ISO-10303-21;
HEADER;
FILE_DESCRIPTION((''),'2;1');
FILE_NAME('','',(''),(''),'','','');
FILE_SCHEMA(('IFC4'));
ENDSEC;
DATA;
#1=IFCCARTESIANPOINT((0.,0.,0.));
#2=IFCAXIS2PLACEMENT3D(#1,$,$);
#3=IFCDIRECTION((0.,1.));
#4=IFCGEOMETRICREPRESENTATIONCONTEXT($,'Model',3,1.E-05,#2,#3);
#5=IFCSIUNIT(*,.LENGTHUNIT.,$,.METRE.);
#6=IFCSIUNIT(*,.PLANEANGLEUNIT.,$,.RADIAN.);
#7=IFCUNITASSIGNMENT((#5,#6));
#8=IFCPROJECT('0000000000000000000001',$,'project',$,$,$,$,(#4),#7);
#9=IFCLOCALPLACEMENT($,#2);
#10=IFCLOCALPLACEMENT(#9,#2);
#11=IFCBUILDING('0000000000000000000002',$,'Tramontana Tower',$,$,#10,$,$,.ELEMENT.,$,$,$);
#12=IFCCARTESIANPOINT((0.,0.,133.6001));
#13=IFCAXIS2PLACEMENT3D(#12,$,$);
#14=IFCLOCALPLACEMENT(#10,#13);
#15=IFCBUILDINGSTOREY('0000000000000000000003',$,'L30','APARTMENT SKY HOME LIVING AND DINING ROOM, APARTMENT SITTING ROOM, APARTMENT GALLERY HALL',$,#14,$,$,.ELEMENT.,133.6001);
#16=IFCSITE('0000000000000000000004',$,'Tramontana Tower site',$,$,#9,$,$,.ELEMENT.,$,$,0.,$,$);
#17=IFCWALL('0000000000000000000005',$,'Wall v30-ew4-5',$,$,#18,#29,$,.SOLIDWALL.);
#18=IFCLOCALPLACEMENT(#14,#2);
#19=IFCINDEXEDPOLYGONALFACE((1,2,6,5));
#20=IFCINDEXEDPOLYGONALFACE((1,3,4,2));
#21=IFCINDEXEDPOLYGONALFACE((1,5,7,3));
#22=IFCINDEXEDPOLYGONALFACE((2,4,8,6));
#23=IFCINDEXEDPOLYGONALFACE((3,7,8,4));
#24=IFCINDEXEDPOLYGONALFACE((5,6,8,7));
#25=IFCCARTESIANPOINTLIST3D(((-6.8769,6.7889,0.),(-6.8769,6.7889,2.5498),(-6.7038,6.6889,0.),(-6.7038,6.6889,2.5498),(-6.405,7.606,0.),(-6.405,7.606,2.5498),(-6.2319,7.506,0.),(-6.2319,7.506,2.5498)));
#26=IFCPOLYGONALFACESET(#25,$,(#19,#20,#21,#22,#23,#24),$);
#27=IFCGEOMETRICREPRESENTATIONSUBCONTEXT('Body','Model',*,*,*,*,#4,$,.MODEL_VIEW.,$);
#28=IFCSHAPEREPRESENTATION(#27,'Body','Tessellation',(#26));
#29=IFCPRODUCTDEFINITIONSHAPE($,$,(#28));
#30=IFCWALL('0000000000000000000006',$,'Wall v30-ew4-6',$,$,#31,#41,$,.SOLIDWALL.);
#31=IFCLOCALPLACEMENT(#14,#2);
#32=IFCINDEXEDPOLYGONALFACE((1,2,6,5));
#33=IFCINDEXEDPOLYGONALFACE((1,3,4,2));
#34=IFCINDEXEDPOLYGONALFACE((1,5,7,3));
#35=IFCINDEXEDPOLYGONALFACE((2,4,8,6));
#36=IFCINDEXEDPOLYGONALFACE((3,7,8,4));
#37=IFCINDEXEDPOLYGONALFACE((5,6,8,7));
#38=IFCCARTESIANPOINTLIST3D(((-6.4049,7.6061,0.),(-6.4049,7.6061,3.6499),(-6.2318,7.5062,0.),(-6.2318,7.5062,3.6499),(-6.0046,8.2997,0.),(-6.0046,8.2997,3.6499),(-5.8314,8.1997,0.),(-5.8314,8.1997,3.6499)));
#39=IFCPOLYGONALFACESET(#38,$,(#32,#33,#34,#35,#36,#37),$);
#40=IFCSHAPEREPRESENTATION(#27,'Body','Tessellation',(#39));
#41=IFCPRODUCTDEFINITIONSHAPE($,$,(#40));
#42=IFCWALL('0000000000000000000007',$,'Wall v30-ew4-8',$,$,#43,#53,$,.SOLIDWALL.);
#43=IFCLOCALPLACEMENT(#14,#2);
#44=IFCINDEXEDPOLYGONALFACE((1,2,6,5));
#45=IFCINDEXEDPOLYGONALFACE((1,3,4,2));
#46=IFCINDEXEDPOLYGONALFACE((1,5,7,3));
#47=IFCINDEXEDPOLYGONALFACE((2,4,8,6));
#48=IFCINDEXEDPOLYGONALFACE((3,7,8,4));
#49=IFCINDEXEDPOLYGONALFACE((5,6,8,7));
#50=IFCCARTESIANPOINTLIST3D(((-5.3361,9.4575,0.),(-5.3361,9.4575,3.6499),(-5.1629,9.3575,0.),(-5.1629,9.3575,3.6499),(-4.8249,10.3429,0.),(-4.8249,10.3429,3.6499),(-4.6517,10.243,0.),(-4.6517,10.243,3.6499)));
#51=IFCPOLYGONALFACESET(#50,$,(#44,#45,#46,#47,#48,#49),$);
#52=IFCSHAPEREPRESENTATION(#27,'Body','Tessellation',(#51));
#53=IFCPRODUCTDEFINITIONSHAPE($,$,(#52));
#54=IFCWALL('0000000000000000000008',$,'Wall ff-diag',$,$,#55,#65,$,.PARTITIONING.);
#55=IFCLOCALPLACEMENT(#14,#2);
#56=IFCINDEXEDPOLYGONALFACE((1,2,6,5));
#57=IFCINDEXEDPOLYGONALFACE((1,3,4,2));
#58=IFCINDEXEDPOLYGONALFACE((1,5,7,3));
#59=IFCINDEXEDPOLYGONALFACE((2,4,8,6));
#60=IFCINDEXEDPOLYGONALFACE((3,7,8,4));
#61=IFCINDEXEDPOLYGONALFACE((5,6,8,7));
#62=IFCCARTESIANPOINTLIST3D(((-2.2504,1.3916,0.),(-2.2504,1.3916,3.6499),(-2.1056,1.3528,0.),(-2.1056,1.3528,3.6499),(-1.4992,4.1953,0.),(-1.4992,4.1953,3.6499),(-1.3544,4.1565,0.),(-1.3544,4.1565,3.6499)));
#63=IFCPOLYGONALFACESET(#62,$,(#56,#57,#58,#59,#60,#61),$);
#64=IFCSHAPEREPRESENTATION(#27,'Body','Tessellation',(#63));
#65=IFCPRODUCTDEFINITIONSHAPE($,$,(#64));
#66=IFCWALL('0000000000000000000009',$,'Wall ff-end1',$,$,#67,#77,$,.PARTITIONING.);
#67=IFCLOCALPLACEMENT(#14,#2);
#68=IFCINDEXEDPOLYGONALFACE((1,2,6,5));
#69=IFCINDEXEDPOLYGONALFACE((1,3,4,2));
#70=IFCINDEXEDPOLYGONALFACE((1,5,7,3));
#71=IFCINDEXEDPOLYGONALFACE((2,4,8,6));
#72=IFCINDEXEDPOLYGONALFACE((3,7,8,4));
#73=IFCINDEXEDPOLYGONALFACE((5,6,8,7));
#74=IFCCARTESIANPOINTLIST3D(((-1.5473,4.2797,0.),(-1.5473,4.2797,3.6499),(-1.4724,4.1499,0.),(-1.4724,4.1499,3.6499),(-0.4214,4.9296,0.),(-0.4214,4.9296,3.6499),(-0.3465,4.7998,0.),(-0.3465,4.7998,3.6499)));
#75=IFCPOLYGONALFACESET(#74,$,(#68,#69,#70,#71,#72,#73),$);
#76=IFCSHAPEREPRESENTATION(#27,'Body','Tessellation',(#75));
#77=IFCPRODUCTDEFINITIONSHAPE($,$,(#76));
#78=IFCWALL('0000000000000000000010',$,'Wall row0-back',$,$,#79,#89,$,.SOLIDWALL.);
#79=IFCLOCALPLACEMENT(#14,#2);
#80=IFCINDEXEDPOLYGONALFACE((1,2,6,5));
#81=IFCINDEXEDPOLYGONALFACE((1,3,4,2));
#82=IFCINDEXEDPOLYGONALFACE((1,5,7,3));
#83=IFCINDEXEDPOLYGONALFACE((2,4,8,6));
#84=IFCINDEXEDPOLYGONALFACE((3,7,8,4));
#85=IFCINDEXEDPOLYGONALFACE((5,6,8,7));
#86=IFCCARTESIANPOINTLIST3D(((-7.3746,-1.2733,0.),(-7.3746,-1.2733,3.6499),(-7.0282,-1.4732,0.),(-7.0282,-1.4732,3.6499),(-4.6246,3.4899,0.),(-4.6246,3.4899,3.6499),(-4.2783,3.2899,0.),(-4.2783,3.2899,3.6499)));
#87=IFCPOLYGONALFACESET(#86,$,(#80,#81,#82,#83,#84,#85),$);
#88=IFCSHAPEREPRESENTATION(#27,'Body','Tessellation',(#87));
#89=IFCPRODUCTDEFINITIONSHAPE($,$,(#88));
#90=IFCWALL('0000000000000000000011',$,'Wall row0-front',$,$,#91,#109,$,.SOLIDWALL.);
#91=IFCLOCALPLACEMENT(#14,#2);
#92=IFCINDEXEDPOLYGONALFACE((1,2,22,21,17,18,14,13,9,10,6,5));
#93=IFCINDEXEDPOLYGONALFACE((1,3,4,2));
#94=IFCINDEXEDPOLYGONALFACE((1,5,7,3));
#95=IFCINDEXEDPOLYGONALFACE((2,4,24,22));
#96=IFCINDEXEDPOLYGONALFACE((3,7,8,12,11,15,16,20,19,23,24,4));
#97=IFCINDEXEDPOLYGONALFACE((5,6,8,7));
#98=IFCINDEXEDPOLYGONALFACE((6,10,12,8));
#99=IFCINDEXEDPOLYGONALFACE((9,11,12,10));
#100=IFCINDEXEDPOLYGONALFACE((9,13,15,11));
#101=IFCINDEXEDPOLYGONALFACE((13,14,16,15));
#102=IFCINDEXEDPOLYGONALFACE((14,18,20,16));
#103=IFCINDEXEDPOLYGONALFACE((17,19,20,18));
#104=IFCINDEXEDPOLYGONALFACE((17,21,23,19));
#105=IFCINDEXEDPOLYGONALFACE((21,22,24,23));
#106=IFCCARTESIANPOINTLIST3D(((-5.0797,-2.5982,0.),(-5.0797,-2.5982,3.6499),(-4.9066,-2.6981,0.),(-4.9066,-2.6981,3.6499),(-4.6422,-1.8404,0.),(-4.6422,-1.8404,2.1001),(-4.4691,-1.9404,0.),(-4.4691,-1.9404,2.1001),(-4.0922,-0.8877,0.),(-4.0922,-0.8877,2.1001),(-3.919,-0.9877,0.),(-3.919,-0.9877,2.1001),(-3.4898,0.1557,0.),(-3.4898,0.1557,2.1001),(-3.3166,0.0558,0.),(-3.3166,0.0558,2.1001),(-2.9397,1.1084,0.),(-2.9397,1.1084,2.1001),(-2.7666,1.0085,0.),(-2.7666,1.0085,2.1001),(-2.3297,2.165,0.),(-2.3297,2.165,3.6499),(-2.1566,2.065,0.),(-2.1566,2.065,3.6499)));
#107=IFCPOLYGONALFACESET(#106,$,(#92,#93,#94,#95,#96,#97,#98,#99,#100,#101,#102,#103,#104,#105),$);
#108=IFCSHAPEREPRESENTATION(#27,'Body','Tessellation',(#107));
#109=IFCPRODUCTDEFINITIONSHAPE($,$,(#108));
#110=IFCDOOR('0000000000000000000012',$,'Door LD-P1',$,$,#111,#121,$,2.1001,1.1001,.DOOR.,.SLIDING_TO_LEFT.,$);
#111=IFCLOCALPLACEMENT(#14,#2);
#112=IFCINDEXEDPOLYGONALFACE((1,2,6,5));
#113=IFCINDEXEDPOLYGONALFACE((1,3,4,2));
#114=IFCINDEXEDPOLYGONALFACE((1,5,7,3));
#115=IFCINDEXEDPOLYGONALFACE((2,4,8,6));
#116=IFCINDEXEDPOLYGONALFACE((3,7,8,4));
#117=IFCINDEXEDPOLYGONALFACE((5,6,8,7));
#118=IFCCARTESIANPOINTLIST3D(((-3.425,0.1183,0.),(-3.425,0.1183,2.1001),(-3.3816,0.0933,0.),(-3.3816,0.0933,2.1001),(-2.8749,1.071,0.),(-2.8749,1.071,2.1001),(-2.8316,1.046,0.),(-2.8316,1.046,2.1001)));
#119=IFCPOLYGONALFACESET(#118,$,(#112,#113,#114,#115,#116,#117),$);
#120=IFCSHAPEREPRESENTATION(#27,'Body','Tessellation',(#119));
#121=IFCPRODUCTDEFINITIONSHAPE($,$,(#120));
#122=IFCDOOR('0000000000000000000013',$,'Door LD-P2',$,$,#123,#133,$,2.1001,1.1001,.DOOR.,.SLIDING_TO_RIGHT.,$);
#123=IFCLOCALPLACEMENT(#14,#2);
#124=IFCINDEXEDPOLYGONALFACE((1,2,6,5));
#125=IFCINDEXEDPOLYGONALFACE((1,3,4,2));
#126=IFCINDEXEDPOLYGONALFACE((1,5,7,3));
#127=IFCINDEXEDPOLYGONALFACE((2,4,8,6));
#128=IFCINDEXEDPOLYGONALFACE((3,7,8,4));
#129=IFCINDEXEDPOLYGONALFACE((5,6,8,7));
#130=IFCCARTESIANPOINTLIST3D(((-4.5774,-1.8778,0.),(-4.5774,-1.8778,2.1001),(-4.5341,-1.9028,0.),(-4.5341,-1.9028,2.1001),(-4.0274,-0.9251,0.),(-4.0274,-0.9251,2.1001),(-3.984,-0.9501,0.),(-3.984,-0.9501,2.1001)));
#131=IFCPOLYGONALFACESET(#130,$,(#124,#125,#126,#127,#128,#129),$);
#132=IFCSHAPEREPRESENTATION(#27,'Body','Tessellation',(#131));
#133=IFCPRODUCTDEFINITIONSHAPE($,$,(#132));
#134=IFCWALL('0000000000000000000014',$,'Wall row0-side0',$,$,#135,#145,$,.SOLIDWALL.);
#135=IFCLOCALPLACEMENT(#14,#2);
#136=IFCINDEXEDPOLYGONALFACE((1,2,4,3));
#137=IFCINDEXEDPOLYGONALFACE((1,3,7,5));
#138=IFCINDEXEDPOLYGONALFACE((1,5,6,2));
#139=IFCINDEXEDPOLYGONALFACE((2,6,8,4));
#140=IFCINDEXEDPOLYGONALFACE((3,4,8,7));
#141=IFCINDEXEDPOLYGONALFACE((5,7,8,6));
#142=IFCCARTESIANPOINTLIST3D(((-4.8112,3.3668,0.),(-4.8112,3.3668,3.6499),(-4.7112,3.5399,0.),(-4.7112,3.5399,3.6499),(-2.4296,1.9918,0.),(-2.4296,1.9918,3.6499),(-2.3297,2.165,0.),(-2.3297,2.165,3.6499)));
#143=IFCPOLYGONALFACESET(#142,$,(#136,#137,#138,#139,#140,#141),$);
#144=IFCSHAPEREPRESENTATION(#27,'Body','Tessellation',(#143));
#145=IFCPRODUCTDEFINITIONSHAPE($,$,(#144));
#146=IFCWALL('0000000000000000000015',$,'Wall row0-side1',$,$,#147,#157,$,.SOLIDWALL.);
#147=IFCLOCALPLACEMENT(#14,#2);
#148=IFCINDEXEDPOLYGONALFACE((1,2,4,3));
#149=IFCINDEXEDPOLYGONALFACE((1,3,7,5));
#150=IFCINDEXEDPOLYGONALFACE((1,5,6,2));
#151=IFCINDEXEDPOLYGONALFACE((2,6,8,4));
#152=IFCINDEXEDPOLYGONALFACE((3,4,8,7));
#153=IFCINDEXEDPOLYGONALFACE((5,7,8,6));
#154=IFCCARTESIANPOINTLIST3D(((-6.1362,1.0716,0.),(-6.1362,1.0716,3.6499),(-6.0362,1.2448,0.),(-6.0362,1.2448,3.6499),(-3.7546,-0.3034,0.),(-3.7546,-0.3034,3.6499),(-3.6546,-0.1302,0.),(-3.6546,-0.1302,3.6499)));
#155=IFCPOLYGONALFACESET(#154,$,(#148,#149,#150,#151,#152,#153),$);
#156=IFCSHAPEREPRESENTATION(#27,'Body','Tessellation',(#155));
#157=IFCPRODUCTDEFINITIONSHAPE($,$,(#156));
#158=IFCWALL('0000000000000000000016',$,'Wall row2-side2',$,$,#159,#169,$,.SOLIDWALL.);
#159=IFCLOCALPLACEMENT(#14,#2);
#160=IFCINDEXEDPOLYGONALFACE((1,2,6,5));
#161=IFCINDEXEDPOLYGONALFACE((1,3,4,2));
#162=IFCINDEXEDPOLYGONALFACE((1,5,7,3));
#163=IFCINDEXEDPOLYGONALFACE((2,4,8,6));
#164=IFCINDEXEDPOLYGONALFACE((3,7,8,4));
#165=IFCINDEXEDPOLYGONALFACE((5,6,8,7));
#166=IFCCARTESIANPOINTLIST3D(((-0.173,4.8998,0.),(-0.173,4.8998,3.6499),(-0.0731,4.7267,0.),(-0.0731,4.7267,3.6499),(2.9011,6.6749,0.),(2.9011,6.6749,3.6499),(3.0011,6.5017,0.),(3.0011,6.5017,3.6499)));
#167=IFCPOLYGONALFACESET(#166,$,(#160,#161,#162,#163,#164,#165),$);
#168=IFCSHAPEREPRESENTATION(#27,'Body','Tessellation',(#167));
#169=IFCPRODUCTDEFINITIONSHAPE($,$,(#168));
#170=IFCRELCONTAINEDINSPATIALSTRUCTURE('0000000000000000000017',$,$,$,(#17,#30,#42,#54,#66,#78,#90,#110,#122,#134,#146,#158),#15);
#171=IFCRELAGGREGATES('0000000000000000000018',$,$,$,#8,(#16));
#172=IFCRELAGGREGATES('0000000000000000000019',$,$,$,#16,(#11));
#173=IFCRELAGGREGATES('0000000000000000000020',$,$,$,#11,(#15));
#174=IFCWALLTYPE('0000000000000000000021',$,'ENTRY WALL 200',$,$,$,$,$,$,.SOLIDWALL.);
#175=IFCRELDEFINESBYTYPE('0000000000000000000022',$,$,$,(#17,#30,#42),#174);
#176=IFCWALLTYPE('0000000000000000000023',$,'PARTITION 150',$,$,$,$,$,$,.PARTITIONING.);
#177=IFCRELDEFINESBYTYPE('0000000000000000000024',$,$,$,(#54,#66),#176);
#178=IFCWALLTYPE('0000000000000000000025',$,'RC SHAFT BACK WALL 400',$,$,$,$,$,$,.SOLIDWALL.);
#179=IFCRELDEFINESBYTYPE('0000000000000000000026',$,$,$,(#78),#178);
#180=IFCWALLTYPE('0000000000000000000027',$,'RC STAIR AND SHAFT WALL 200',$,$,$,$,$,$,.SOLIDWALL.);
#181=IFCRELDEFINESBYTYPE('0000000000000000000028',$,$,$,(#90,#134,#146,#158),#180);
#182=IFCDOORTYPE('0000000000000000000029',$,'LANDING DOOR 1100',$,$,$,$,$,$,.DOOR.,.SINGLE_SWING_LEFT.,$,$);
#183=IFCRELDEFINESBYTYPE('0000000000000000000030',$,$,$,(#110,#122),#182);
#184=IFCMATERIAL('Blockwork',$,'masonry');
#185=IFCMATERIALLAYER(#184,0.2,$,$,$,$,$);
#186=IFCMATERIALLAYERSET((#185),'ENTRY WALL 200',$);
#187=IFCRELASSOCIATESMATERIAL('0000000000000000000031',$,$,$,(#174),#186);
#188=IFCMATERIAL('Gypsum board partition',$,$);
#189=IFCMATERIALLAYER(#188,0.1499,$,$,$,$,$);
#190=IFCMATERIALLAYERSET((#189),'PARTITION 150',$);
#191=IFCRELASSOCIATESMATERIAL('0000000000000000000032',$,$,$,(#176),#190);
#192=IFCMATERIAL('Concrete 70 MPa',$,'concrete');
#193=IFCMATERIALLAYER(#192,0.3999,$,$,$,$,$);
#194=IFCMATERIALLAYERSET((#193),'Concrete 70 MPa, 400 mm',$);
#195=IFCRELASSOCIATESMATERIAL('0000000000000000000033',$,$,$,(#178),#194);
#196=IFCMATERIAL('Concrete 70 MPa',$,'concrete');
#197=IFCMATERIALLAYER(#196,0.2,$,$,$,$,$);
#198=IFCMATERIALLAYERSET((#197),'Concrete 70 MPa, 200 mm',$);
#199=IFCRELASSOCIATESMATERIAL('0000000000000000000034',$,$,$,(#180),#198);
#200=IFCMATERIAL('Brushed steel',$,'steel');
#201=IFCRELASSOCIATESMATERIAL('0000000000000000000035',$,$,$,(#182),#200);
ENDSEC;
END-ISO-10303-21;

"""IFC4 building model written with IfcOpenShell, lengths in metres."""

from ifc_helpers import new_model, si_unit, direction, frame, frame_2d, origin, place, context, subcontext, project, spatial, rectangle, extrude, material, layer, layer_set, type_object, element, fill, save


model = new_model("IFC4")

# Units and contexts
model_context = context("Model", 3, precision=1e-05, world=origin(), true_north=direction((0.0, 1.0)))
body_context = subcontext(model_context, "Body", "Model", "MODEL_VIEW")
ifc_project = project(units=[si_unit("LENGTHUNIT", "METRE"), si_unit("PLANEANGLEUNIT", "RADIAN")], contexts=[model_context])

# Site, building, storey
site_placement = place(None, origin())
site = spatial("IfcSite", under=ifc_project, at=site_placement, Name="Tramontana Tower site", CompositionType="ELEMENT", RefElevation=0.0)
building_placement = place(site_placement, origin())
building = spatial("IfcBuilding", under=site, at=building_placement, Name="Tramontana Tower", CompositionType="ELEMENT")
storey_placement = place(building_placement, frame((0.0, 0.0, 133.6001)))
storey = spatial("IfcBuildingStorey", under=building, at=storey_placement, Name="L30", Description="APARTMENT SKY HOME LIVING AND DINING ROOM, APARTMENT SITTING ROOM, APARTMENT GALLERY HALL", CompositionType="ELEMENT", Elevation=133.6001)

# Walls
ifc_material_1 = material(Name="Blockwork", Category="masonry")
ifc_layer_1 = layer(ifc_material_1, 0.2)
ifc_layer_set_1 = layer_set([ifc_layer_1], Name="ENTRY WALL 200")
wall_type_1 = type_object("IfcWallType", Name="ENTRY WALL 200", PredefinedType="SOLIDWALL", material=ifc_layer_set_1)
wall_1_placement = place(storey_placement, frame((-6.7903, 6.739, 0.0), z_axis=(0.0, 0.0, 1.0), x_axis=(0.500118, 0.865957, 0.0)))
element("IfcWall", 1, at=wall_1_placement, inside=storey, type_object=wall_type_1, Name="Wall v30-ew4-5", PredefinedType="SOLIDWALL", context=body_context, shape_type="SweptSolid", body=[
    extrude(rectangle(XDim=0.9436, YDim=0.2, at=frame_2d((0.4717, 0.0))), origin(), (0.0, 0.0, 1.0), 2.5498),
])
wall_2_placement = place(storey_placement, frame((-6.3184, 7.5562, 0.0), z_axis=(0.0, 0.0, 1.0), x_axis=(0.499942, 0.866059, 0.0)))
element("IfcWall", 2, at=wall_2_placement, inside=storey, type_object=wall_type_1, Name="Wall v30-ew4-6", PredefinedType="SOLIDWALL", context=body_context, shape_type="SweptSolid", body=[
    extrude(rectangle(XDim=0.8008, YDim=0.2, at=frame_2d((0.4004, 0.0))), origin(), (0.0, 0.0, 1.0), 3.6499),
])

# Walls
wall_3_placement = place(storey_placement, frame((-5.2495, 9.4075, 0.0), z_axis=(0.0, 0.0, 1.0), x_axis=(0.499991, 0.866031, 0.0)))
element("IfcWall", 3, at=wall_3_placement, inside=storey, type_object=wall_type_1, Name="Wall v30-ew4-8", PredefinedType="SOLIDWALL", context=body_context, shape_type="SweptSolid", body=[
    extrude(rectangle(XDim=1.0225, YDim=0.2, at=frame_2d((0.5112, 0.0))), origin(), (0.0, 0.0, 1.0), 3.6499),
])
ifc_material_2 = material(Name="Gypsum board partition")
ifc_layer_2 = layer(ifc_material_2, 0.1499)
ifc_layer_set_2 = layer_set([ifc_layer_2], Name="PARTITION 150")
wall_type_2 = type_object("IfcWallType", Name="PARTITION 150", PredefinedType="PARTITIONING", material=ifc_layer_set_2)
wall_4_placement = place(storey_placement, frame((-2.178, 1.3723, 0.0), z_axis=(0.0, 0.0, 1.0), x_axis=(0.258809, 0.965929, 0.0)))
element("IfcWall", 4, at=wall_4_placement, inside=storey, type_object=wall_type_2, Name="Wall ff-diag", PredefinedType="PARTITIONING", context=body_context, shape_type="SweptSolid", body=[
    extrude(rectangle(XDim=2.9026, YDim=0.1499, at=frame_2d((1.4512, 0.0))), origin(), (0.0, 0.0, 1.0), 3.6499),
])
wall_5_placement = place(storey_placement, frame((-1.5098, 4.2148, 0.0), z_axis=(0.0, 0.0, 1.0), x_axis=(0.866086, 0.499896, 0.0)))
element("IfcWall", 5, at=wall_5_placement, inside=storey, type_object=wall_type_2, Name="Wall ff-end1", PredefinedType="PARTITIONING", context=body_context, shape_type="SweptSolid", body=[
    extrude(rectangle(XDim=1.3, YDim=0.1499, at=frame_2d((0.6499, 0.0))), origin(), (0.0, 0.0, 1.0), 3.6499),
])
ifc_material_3 = material(Name="Concrete 70 MPa", Category="concrete")
ifc_layer_3 = layer(ifc_material_3, 0.3999)
ifc_layer_set_3 = layer_set([ifc_layer_3], Name="Concrete 70 MPa, 400 mm")
wall_type_3 = type_object("IfcWallType", Name="RC SHAFT BACK WALL 400", PredefinedType="SOLIDWALL", material=ifc_layer_set_3)
wall_6_placement = place(storey_placement, frame((-4.4514, 3.3899, 0.0), z_axis=(0.0, 0.0, 1.0), x_axis=(-0.499997, -0.866027, 0.0)))
element("IfcWall", 6, at=wall_6_placement, inside=storey, type_object=wall_type_3, Name="Wall row0-back", PredefinedType="SOLIDWALL", context=body_context, shape_type="SweptSolid", body=[
    extrude(rectangle(XDim=5.5, YDim=0.3999, at=frame_2d((2.75, 0.0))), origin(), (0.0, 0.0, 1.0), 3.6499),
])

# Shared definitions
ifc_material_4 = material(Name="Concrete 70 MPa", Category="concrete")
ifc_layer_4 = layer(ifc_material_4, 0.2)
ifc_layer_set_4 = layer_set([ifc_layer_4], Name="Concrete 70 MPa, 200 mm")
wall_type_4 = type_object("IfcWallType", Name="RC STAIR AND SHAFT WALL 200", PredefinedType="SOLIDWALL", material=ifc_layer_set_4)

# Wall, openings, doors
wall_7_placement = place(storey_placement, frame((-2.2432, 2.115, 0.0), z_axis=(0.0, 0.0, 1.0), x_axis=(-0.499997, -0.866027, 0.0)))
wall_7 = element("IfcWall", 7, at=wall_7_placement, inside=storey, type_object=wall_type_4, Name="Wall row0-front", PredefinedType="SOLIDWALL", context=body_context, shape_type="SweptSolid", body=[
    extrude(rectangle(XDim=5.5, YDim=0.2, at=frame_2d((2.75, 0.0))), origin(), (0.0, 0.0, 1.0), 3.6499),
])
opening_1_placement = place(wall_7_placement, frame((1.22, 0.0, 0.0)))
opening_1 = element("IfcOpeningElement", 8, at=opening_1_placement, cuts=wall_7, PredefinedType="OPENING", context=body_context, shape_type="SweptSolid", body=[
    extrude(rectangle(XDim=1.1001, YDim=2.1001, at=frame_2d((0.55, 1.05))), frame((0.0, 0.1099, 0.0), z_axis=(0.0, -1.0, 0.0), x_axis=(1.0, 0.0, 0.0)), (0.0, 0.0, 1.0), 0.22),
])
opening_2_placement = place(wall_7_placement, frame((3.5249, 0.0, 0.0)))
opening_2 = element("IfcOpeningElement", 9, at=opening_2_placement, cuts=wall_7, PredefinedType="OPENING", context=body_context, shape_type="SweptSolid", body=[
    extrude(rectangle(XDim=1.1001, YDim=2.1001, at=frame_2d((0.55, 1.05))), frame((0.0, 0.1099, 0.0), z_axis=(0.0, -1.0, 0.0), x_axis=(1.0, 0.0, 0.0)), (0.0, 0.0, 1.0), 0.22),
])
ifc_material_5 = material(Name="Brushed steel", Category="steel")
door_type_1 = type_object("IfcDoorType", Name="LANDING DOOR 1100", OperationType="SINGLE_SWING_LEFT", PredefinedType="DOOR", material=ifc_material_5)
door_1_placement = place(opening_1_placement, origin())
door_1 = element("IfcDoor", 10, at=door_1_placement, inside=storey, type_object=door_type_1, Name="Door LD-P1", OperationType="SLIDING_TO_LEFT", OverallHeight=2.1001, OverallWidth=1.1001, PredefinedType="DOOR", context=body_context, shape_type="SweptSolid", body=[
    extrude(rectangle(XDim=1.1001, YDim=2.1001, at=frame_2d((0.55, 1.05))), frame((0.0, 0.0249, 0.0), z_axis=(0.0, -1.0, 0.0), x_axis=(1.0, 0.0, 0.0)), (0.0, 0.0, 1.0), 0.05),
])
fill(opening_1, door_1)
door_2_placement = place(opening_2_placement, origin())
door_2 = element("IfcDoor", 11, at=door_2_placement, inside=storey, type_object=door_type_1, Name="Door LD-P2", OperationType="SLIDING_TO_RIGHT", OverallHeight=2.1001, OverallWidth=1.1001, PredefinedType="DOOR", context=body_context, shape_type="SweptSolid", body=[
    extrude(rectangle(XDim=1.1001, YDim=2.1001, at=frame_2d((0.55, 1.05))), frame((0.0, 0.0249, 0.0), z_axis=(0.0, -1.0, 0.0), x_axis=(1.0, 0.0, 0.0)), (0.0, 0.0, 1.0), 0.05),
])
fill(opening_2, door_2)

# Walls
for number, where, z_axis, x_axis, name in (
    (12, (-2.3796, 2.0784, 0.0), (0.0, 0.0, 1.0), (-0.866027, 0.499997, 0.0), "Wall row0-side0"),
    (13, (-3.7046, -0.2168, 0.0), (0.0, 0.0, 1.0), (-0.866027, 0.499997, 0.0), "Wall row0-side1"),
):
    element("IfcWall", number, at=place(storey_placement, frame(where, z_axis=z_axis, x_axis=x_axis)), inside=storey, type_object=wall_type_4, Name=name, PredefinedType="SOLIDWALL", context=body_context, shape_type="SweptSolid", body=[
        extrude(rectangle(XDim=2.75, YDim=0.2, at=frame_2d((1.375, 0.0))), origin(), (0.0, 0.0, 1.0), 3.6499),
    ])
wall_8_placement = place(storey_placement, frame((-0.123, 4.8132, 0.0), z_axis=(0.0, 0.0, 1.0), x_axis=(0.865995, 0.500052, 0.0)))
element("IfcWall", 14, at=wall_8_placement, inside=storey, type_object=wall_type_4, Name="Wall row2-side2", PredefinedType="SOLIDWALL", context=body_context, shape_type="SweptSolid", body=[
    extrude(rectangle(XDim=3.5498, YDim=0.2, at=frame_2d((1.7749, 0.0))), origin(), (0.0, 0.0, 1.0), 3.6499),
])

save(model, "model.ifc")
